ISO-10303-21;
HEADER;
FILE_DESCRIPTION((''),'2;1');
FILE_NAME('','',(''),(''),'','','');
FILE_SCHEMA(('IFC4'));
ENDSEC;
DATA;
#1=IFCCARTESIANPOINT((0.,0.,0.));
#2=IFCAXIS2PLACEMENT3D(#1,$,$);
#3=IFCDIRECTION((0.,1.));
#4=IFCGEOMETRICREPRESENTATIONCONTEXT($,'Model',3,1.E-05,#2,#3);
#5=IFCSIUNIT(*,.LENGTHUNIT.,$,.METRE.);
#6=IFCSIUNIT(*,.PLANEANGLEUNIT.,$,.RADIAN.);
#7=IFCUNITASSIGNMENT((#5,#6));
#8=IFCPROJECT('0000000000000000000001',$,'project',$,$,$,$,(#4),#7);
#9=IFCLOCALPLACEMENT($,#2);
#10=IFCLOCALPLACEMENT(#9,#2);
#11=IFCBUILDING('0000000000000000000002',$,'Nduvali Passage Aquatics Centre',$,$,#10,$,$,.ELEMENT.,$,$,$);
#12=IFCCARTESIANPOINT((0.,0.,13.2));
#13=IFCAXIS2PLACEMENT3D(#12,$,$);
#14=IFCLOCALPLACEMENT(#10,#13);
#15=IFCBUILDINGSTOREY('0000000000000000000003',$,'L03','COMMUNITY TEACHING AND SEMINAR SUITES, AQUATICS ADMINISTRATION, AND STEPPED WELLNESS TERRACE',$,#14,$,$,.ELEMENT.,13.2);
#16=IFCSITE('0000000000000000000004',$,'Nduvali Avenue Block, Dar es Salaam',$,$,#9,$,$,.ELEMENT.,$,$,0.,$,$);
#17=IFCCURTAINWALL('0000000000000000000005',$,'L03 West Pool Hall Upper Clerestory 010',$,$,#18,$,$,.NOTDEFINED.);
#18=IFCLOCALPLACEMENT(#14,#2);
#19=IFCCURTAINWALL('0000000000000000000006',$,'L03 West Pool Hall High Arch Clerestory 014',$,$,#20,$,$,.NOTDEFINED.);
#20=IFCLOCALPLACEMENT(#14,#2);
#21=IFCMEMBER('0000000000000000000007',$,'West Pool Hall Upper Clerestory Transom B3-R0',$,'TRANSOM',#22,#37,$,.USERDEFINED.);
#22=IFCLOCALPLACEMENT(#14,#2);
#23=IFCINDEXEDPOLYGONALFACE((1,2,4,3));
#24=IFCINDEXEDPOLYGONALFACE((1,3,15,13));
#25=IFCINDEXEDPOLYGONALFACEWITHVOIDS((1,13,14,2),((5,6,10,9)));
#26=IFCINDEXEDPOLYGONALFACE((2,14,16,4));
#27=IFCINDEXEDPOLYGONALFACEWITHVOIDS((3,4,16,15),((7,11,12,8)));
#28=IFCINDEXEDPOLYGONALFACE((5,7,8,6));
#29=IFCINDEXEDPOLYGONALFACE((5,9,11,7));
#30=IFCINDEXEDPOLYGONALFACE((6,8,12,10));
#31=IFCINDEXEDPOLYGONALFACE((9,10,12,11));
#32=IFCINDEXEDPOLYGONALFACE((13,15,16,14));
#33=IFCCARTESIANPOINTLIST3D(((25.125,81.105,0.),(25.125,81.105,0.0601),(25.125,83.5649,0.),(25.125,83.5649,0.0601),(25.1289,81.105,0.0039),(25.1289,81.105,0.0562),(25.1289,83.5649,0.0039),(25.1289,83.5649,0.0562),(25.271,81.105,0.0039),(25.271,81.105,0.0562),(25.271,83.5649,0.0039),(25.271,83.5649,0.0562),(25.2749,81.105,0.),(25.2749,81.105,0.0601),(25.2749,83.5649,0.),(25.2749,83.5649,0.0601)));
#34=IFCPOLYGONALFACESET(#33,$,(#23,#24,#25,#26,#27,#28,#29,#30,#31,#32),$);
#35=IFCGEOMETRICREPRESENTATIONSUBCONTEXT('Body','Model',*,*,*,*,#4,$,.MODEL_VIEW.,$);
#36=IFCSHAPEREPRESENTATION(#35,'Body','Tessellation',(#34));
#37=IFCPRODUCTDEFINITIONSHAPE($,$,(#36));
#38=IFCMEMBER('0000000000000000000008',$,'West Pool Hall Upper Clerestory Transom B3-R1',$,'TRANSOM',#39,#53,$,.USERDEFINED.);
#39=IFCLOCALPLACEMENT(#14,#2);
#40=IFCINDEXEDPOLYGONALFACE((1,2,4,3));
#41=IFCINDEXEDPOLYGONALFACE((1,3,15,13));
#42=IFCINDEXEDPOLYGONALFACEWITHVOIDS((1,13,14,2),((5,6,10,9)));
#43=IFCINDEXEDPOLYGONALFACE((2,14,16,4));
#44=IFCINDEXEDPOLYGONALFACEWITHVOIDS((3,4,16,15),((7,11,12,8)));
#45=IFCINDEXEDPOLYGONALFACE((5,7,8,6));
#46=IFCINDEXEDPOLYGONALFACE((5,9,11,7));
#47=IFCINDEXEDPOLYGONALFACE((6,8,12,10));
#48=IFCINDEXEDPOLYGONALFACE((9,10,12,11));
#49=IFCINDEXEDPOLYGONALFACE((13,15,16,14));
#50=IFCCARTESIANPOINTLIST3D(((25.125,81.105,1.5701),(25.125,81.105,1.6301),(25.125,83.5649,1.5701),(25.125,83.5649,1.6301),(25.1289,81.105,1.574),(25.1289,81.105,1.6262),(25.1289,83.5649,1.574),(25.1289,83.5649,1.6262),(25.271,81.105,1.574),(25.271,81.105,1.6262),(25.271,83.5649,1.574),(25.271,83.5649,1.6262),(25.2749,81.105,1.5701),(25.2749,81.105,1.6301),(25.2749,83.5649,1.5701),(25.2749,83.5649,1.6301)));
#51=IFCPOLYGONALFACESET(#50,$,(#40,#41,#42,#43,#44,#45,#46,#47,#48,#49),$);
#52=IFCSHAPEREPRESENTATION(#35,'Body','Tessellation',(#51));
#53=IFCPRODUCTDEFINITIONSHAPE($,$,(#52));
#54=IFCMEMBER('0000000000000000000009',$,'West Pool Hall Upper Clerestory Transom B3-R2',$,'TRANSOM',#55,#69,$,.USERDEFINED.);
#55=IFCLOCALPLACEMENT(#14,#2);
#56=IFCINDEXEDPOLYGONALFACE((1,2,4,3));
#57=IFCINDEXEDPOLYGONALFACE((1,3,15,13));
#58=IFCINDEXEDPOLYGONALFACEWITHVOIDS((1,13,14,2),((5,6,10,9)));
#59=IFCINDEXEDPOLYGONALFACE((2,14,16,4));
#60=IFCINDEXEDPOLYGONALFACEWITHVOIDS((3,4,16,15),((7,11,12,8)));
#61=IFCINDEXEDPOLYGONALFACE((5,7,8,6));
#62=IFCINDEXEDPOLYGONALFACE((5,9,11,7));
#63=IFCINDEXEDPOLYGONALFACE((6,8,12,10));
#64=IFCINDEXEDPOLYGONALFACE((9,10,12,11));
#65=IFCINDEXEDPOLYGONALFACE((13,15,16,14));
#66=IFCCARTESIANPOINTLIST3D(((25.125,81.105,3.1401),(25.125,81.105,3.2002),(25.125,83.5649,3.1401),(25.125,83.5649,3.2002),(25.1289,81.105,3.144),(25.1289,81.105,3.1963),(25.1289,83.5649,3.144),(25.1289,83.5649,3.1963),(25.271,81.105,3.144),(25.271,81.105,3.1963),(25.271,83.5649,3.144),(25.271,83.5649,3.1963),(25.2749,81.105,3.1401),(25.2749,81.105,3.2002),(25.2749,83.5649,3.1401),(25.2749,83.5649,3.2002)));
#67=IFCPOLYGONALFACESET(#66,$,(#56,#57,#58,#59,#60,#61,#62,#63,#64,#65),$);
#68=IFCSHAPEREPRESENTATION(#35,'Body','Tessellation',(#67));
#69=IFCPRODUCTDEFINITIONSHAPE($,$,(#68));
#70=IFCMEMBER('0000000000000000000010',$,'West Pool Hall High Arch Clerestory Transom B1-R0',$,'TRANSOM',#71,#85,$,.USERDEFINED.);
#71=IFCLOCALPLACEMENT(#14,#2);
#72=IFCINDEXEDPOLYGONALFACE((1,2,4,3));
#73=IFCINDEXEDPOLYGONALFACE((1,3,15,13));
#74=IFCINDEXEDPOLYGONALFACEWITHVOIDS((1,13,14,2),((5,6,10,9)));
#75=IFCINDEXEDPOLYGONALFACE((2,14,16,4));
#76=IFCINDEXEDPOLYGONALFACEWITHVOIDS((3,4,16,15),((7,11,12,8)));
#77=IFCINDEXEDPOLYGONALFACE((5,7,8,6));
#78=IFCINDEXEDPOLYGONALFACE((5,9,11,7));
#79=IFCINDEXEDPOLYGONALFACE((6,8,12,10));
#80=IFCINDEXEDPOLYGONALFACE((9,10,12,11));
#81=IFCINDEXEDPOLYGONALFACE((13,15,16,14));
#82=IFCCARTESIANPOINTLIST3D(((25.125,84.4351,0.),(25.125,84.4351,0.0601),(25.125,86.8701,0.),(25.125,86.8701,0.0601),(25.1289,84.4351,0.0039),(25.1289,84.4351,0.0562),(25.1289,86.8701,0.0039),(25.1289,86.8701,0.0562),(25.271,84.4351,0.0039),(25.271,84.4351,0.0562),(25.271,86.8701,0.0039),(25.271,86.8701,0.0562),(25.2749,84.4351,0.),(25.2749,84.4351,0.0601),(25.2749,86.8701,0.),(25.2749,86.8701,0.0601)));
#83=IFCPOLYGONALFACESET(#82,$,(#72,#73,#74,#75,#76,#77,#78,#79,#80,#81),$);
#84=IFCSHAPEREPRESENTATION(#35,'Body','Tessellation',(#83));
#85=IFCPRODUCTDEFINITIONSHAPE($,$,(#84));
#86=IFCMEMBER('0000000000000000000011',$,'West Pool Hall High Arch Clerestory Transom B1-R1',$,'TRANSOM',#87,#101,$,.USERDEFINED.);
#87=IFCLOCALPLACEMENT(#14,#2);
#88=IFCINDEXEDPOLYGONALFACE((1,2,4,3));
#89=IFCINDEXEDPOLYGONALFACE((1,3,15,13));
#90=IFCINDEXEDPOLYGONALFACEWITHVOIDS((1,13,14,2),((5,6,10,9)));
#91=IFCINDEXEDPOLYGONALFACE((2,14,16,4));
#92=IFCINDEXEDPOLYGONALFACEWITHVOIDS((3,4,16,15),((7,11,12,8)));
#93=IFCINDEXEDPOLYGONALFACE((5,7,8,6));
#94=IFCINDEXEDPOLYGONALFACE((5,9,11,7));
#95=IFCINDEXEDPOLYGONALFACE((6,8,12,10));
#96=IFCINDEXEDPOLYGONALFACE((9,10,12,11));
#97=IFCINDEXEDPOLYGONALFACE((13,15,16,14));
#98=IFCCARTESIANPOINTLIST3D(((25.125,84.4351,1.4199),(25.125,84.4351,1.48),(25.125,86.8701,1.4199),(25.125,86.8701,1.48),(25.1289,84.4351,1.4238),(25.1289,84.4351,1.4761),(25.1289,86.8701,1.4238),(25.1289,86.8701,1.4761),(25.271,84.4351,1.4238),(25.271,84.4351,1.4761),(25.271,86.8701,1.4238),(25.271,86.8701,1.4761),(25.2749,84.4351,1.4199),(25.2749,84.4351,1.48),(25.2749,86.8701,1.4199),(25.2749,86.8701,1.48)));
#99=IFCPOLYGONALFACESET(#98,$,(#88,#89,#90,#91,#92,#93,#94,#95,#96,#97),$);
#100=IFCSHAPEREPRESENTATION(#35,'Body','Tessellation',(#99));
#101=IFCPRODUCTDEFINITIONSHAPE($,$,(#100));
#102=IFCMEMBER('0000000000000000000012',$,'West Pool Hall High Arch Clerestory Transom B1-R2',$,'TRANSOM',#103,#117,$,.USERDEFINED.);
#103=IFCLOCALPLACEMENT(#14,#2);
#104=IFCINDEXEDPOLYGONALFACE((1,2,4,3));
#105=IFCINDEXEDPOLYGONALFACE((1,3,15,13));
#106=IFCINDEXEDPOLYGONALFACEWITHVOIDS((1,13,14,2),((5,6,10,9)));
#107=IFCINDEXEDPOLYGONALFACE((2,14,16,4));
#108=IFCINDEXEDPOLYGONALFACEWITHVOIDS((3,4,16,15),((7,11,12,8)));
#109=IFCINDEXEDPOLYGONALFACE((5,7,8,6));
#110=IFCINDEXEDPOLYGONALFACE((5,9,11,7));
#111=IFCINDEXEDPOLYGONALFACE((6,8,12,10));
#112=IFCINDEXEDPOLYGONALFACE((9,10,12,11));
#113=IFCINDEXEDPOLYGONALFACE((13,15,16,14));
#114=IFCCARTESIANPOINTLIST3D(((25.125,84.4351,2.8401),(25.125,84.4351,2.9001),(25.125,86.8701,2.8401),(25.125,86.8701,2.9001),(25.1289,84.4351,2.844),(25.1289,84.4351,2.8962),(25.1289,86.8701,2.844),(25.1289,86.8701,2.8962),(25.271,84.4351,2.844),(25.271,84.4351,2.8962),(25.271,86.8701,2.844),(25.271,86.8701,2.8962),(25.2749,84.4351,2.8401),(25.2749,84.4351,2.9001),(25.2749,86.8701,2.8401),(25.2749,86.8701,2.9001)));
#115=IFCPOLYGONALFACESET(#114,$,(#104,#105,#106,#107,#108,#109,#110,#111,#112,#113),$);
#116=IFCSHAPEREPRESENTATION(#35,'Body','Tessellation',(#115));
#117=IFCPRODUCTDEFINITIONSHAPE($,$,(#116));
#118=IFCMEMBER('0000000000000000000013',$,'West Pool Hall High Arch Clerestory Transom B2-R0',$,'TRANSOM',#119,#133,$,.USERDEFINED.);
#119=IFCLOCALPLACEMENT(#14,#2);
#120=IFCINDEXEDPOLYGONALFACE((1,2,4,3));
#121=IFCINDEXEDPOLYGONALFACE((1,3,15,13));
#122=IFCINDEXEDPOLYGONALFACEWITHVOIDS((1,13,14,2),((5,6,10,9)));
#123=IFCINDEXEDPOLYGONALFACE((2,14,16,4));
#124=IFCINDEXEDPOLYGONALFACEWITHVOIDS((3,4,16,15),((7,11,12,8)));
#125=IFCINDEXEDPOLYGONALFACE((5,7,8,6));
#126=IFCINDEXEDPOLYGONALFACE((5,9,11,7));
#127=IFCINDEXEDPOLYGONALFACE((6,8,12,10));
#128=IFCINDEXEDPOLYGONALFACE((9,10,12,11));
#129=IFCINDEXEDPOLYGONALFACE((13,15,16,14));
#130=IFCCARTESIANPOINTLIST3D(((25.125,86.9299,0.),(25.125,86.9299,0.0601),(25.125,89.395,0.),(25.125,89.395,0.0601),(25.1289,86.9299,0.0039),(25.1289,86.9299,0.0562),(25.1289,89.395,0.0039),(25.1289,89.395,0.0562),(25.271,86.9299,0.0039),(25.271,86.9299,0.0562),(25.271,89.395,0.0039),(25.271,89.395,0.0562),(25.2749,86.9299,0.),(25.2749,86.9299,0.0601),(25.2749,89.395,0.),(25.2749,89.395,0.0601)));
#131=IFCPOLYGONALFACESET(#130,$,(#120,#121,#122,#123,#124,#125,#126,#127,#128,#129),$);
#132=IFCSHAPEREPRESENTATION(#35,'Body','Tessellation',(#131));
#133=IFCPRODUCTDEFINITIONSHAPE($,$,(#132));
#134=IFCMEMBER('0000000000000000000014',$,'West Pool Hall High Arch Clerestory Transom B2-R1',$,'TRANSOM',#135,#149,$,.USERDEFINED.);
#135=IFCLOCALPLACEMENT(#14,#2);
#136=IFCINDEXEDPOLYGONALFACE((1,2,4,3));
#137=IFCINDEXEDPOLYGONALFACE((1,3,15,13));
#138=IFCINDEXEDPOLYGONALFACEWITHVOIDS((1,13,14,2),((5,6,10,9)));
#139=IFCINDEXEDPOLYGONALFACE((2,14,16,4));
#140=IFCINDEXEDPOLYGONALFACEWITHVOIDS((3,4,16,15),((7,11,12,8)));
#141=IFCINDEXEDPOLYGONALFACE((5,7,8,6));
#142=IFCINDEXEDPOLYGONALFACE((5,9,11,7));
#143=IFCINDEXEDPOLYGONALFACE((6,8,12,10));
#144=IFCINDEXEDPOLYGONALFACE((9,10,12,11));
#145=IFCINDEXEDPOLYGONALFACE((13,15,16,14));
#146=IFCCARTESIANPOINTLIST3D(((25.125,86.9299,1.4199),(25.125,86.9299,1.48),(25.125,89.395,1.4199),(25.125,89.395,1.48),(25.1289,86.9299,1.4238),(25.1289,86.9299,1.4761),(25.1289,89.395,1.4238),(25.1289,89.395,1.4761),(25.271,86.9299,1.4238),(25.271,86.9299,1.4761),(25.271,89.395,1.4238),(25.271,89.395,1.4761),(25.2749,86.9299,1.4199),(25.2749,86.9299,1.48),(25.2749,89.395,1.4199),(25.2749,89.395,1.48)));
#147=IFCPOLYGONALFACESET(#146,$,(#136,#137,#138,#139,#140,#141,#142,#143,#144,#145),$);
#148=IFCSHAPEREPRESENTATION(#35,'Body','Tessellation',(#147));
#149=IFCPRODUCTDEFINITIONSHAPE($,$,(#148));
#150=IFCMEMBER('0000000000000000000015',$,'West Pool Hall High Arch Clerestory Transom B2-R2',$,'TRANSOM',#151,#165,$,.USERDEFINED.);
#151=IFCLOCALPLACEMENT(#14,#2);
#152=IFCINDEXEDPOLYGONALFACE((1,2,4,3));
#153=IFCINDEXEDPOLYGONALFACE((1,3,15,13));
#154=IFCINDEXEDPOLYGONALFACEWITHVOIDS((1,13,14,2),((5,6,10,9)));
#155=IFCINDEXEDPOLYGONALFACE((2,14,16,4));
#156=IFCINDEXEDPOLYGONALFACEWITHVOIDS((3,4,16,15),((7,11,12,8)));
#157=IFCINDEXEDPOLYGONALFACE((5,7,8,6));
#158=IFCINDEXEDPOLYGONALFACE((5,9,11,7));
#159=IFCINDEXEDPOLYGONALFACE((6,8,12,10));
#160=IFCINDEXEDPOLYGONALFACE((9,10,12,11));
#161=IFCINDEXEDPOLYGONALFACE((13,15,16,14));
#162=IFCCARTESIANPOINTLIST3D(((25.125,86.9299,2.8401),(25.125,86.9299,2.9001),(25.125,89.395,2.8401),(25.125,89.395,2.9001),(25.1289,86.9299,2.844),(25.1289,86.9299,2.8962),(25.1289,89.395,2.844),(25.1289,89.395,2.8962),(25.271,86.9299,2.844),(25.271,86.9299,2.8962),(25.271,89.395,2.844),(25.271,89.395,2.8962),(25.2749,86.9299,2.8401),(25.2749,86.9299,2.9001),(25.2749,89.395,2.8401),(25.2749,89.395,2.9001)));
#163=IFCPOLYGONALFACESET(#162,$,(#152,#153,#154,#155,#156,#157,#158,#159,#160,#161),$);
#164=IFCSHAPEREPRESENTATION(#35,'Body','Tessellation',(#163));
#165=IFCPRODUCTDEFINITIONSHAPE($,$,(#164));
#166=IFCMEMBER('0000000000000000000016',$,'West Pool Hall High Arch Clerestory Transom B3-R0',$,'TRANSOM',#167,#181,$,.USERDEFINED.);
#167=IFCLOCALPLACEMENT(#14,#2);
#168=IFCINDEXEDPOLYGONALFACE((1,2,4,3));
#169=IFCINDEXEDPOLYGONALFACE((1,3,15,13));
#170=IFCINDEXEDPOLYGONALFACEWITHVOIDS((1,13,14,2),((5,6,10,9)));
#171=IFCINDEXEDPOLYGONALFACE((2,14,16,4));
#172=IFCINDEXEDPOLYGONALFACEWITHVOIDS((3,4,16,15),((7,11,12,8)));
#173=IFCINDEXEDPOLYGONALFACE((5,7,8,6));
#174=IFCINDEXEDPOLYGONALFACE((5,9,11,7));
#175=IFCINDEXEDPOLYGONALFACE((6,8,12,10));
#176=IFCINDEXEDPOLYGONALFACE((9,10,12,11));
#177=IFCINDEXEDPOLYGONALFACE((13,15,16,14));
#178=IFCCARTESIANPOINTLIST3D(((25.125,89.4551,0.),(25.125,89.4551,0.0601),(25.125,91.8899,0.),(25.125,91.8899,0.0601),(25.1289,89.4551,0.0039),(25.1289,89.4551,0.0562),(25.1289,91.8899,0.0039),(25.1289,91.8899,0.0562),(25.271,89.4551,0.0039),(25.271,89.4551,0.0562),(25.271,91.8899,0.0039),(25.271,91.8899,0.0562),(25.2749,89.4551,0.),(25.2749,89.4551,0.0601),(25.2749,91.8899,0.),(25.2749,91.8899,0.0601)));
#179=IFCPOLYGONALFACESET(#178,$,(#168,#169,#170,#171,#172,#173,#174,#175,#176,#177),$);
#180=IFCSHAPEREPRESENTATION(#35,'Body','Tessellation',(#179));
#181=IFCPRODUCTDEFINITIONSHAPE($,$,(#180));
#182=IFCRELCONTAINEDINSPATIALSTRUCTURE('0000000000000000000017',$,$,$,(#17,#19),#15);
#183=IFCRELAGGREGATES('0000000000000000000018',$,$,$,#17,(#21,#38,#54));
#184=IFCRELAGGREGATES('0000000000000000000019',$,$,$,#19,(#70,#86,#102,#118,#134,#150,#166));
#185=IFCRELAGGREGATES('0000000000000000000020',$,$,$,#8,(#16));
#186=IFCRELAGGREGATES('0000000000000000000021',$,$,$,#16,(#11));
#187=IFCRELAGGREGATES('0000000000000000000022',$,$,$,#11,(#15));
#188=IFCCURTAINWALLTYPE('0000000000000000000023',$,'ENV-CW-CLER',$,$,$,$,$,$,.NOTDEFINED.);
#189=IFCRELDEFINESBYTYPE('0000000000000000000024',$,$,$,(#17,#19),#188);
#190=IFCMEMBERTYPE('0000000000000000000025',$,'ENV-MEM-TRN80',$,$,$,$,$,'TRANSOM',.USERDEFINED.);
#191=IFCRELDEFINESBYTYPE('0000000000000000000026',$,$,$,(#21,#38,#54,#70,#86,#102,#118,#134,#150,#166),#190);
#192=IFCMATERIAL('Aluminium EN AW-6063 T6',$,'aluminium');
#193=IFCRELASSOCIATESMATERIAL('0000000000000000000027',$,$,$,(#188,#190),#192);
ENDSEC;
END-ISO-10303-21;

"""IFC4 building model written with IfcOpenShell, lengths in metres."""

from ifc_helpers import new_model, si_unit, direction, frame, origin, origin_2d, place, context, subcontext, project, spatial, hollow_rectangle, extrude, material, material_profile, profile_set, type_object, element, aggregate, save


model = new_model("IFC4")

# Units and contexts
model_context = context("Model", 3, precision=1e-05, world=origin(), true_north=direction((0.0, 1.0)))
body_context = subcontext(model_context, "Body", "Model", "MODEL_VIEW")
ifc_project = project(units=[si_unit("LENGTHUNIT", "METRE"), si_unit("PLANEANGLEUNIT", "RADIAN")], contexts=[model_context])

# Site, building, storey
site_placement = place(None, origin())
site = spatial("IfcSite", under=ifc_project, at=site_placement, Name="Nduvali Avenue Block, Dar es Salaam", CompositionType="ELEMENT", RefElevation=0.0)
building_placement = place(site_placement, origin())
building = spatial("IfcBuilding", under=site, at=building_placement, Name="Nduvali Passage Aquatics Centre", CompositionType="ELEMENT")
storey_placement = place(building_placement, frame((0.0, 0.0, 13.2)))
storey = spatial("IfcBuildingStorey", under=building, at=storey_placement, Name="L03", Description="COMMUNITY TEACHING AND SEMINAR SUITES, AQUATICS ADMINISTRATION, AND STEPPED WELLNESS TERRACE", CompositionType="ELEMENT", Elevation=13.2)

# Curtain walls
ifc_material_1 = material(Name="Aluminium EN AW-6063 T6", Category="aluminium")
curtain_wall_type = type_object("IfcCurtainWallType", Name="ENV-CW-CLER", PredefinedType="NOTDEFINED", material=ifc_material_1)
curtain_wall_1_placement = place(storey_placement, origin())
curtain_wall_1 = element("IfcCurtainWall", 1, at=curtain_wall_1_placement, inside=storey, type_object=curtain_wall_type, Name="L03 West Pool Hall Upper Clerestory 010", PredefinedType="NOTDEFINED")
curtain_wall_2_placement = place(storey_placement, origin())
curtain_wall_2 = element("IfcCurtainWall", 2, at=curtain_wall_2_placement, inside=storey, type_object=curtain_wall_type, Name="L03 West Pool Hall High Arch Clerestory 014", PredefinedType="NOTDEFINED")

# Members
ifc_material_profile_1 = material_profile(ifc_material_1, hollow_rectangle(XDim=0.1499, YDim=0.0601, WallThickness=0.0039, at=origin_2d()), Name="ALU TRANSOM 150x60x4")
ifc_profile_set_1 = profile_set([ifc_material_profile_1], Name="Aluminium EN AW-6063 T6")
member_type_1 = type_object("IfcMemberType", Name="ENV-MEM-TRN80", ElementType="TRANSOM", PredefinedType="USERDEFINED", material=ifc_profile_set_1)
member_1_placement = place(storey_placement, frame((25.2, 81.105, 0.03), z_axis=(0.0, 1.0, 0.0), x_axis=(-1.0, 0.0, 0.0)))
member_1 = element("IfcMember", 3, at=member_1_placement, type_object=member_type_1, Name="West Pool Hall Upper Clerestory Transom B3-R0", ObjectType="TRANSOM", PredefinedType="USERDEFINED", context=body_context, shape_type="SweptSolid", body=[
    extrude(hollow_rectangle(XDim=0.1499, YDim=0.0601, WallThickness=0.0039, at=origin_2d()), origin(), (0.0, 0.0, 1.0), 2.46),
])
member_2_placement = place(storey_placement, frame((25.2, 81.105, 1.6001), z_axis=(0.0, 1.0, 0.0), x_axis=(-1.0, 0.0, 0.0)))
member_2 = element("IfcMember", 4, at=member_2_placement, type_object=member_type_1, Name="West Pool Hall Upper Clerestory Transom B3-R1", ObjectType="TRANSOM", PredefinedType="USERDEFINED", context=body_context, shape_type="SweptSolid", body=[
    extrude(hollow_rectangle(XDim=0.1499, YDim=0.0601, WallThickness=0.0039, at=origin_2d()), origin(), (0.0, 0.0, 1.0), 2.46),
])
member_3_placement = place(storey_placement, frame((25.2, 81.105, 3.1702), z_axis=(0.0, 1.0, 0.0), x_axis=(-1.0, 0.0, 0.0)))
member_3 = element("IfcMember", 5, at=member_3_placement, type_object=member_type_1, Name="West Pool Hall Upper Clerestory Transom B3-R2", ObjectType="TRANSOM", PredefinedType="USERDEFINED", context=body_context, shape_type="SweptSolid", body=[
    extrude(hollow_rectangle(XDim=0.1499, YDim=0.0601, WallThickness=0.0039, at=origin_2d()), origin(), (0.0, 0.0, 1.0), 2.46),
])
member_4_placement = place(storey_placement, frame((25.2, 84.4351, 0.03), z_axis=(0.0, 1.0, 0.0), x_axis=(-1.0, 0.0, 0.0)))
member_4 = element("IfcMember", 6, at=member_4_placement, type_object=member_type_1, Name="West Pool Hall High Arch Clerestory Transom B1-R0", ObjectType="TRANSOM", PredefinedType="USERDEFINED", context=body_context, shape_type="SweptSolid", body=[
    extrude(hollow_rectangle(XDim=0.1499, YDim=0.0601, WallThickness=0.0039, at=origin_2d()), origin(), (0.0, 0.0, 1.0), 2.4351),
])
member_5_placement = place(storey_placement, frame((25.2, 84.4351, 1.45), z_axis=(0.0, 1.0, 0.0), x_axis=(-1.0, 0.0, 0.0)))
member_5 = element("IfcMember", 7, at=member_5_placement, type_object=member_type_1, Name="West Pool Hall High Arch Clerestory Transom B1-R1", ObjectType="TRANSOM", PredefinedType="USERDEFINED", context=body_context, shape_type="SweptSolid", body=[
    extrude(hollow_rectangle(XDim=0.1499, YDim=0.0601, WallThickness=0.0039, at=origin_2d()), origin(), (0.0, 0.0, 1.0), 2.4351),
])
member_6_placement = place(storey_placement, frame((25.2, 84.4351, 2.8701), z_axis=(0.0, 1.0, 0.0), x_axis=(-1.0, 0.0, 0.0)))
member_6 = element("IfcMember", 8, at=member_6_placement, type_object=member_type_1, Name="West Pool Hall High Arch Clerestory Transom B1-R2", ObjectType="TRANSOM", PredefinedType="USERDEFINED", context=body_context, shape_type="SweptSolid", body=[
    extrude(hollow_rectangle(XDim=0.1499, YDim=0.0601, WallThickness=0.0039, at=origin_2d()), origin(), (0.0, 0.0, 1.0), 2.4351),
])
member_7_placement = place(storey_placement, frame((25.2, 86.9299, 0.03), z_axis=(0.0, 1.0, 0.0), x_axis=(-1.0, 0.0, 0.0)))
member_7 = element("IfcMember", 9, at=member_7_placement, type_object=member_type_1, Name="West Pool Hall High Arch Clerestory Transom B2-R0", ObjectType="TRANSOM", PredefinedType="USERDEFINED", context=body_context, shape_type="SweptSolid", body=[
    extrude(hollow_rectangle(XDim=0.1499, YDim=0.0601, WallThickness=0.0039, at=origin_2d()), origin(), (0.0, 0.0, 1.0), 2.4651),
])
member_8_placement = place(storey_placement, frame((25.2, 86.9299, 1.45), z_axis=(0.0, 1.0, 0.0), x_axis=(-1.0, 0.0, 0.0)))
member_8 = element("IfcMember", 10, at=member_8_placement, type_object=member_type_1, Name="West Pool Hall High Arch Clerestory Transom B2-R1", ObjectType="TRANSOM", PredefinedType="USERDEFINED", context=body_context, shape_type="SweptSolid", body=[
    extrude(hollow_rectangle(XDim=0.1499, YDim=0.0601, WallThickness=0.0039, at=origin_2d()), origin(), (0.0, 0.0, 1.0), 2.4651),
])
member_9_placement = place(storey_placement, frame((25.2, 86.9299, 2.8701), z_axis=(0.0, 1.0, 0.0), x_axis=(-1.0, 0.0, 0.0)))
member_9 = element("IfcMember", 11, at=member_9_placement, type_object=member_type_1, Name="West Pool Hall High Arch Clerestory Transom B2-R2", ObjectType="TRANSOM", PredefinedType="USERDEFINED", context=body_context, shape_type="SweptSolid", body=[
    extrude(hollow_rectangle(XDim=0.1499, YDim=0.0601, WallThickness=0.0039, at=origin_2d()), origin(), (0.0, 0.0, 1.0), 2.4651),
])
member_10_placement = place(storey_placement, frame((25.2, 89.4551, 0.03), z_axis=(0.0, 1.0, 0.0), x_axis=(-1.0, 0.0, 0.0)))
member_10 = element("IfcMember", 12, at=member_10_placement, type_object=member_type_1, Name="West Pool Hall High Arch Clerestory Transom B3-R0", ObjectType="TRANSOM", PredefinedType="USERDEFINED", context=body_context, shape_type="SweptSolid", body=[
    extrude(hollow_rectangle(XDim=0.1499, YDim=0.0601, WallThickness=0.0039, at=origin_2d()), origin(), (0.0, 0.0, 1.0), 2.4348),
])

aggregate(curtain_wall_1, [member_1, member_2, member_3])
aggregate(curtain_wall_2, [member_4, member_5, member_6, member_7, member_8, member_9, member_10])

save(model, "model.ifc")
